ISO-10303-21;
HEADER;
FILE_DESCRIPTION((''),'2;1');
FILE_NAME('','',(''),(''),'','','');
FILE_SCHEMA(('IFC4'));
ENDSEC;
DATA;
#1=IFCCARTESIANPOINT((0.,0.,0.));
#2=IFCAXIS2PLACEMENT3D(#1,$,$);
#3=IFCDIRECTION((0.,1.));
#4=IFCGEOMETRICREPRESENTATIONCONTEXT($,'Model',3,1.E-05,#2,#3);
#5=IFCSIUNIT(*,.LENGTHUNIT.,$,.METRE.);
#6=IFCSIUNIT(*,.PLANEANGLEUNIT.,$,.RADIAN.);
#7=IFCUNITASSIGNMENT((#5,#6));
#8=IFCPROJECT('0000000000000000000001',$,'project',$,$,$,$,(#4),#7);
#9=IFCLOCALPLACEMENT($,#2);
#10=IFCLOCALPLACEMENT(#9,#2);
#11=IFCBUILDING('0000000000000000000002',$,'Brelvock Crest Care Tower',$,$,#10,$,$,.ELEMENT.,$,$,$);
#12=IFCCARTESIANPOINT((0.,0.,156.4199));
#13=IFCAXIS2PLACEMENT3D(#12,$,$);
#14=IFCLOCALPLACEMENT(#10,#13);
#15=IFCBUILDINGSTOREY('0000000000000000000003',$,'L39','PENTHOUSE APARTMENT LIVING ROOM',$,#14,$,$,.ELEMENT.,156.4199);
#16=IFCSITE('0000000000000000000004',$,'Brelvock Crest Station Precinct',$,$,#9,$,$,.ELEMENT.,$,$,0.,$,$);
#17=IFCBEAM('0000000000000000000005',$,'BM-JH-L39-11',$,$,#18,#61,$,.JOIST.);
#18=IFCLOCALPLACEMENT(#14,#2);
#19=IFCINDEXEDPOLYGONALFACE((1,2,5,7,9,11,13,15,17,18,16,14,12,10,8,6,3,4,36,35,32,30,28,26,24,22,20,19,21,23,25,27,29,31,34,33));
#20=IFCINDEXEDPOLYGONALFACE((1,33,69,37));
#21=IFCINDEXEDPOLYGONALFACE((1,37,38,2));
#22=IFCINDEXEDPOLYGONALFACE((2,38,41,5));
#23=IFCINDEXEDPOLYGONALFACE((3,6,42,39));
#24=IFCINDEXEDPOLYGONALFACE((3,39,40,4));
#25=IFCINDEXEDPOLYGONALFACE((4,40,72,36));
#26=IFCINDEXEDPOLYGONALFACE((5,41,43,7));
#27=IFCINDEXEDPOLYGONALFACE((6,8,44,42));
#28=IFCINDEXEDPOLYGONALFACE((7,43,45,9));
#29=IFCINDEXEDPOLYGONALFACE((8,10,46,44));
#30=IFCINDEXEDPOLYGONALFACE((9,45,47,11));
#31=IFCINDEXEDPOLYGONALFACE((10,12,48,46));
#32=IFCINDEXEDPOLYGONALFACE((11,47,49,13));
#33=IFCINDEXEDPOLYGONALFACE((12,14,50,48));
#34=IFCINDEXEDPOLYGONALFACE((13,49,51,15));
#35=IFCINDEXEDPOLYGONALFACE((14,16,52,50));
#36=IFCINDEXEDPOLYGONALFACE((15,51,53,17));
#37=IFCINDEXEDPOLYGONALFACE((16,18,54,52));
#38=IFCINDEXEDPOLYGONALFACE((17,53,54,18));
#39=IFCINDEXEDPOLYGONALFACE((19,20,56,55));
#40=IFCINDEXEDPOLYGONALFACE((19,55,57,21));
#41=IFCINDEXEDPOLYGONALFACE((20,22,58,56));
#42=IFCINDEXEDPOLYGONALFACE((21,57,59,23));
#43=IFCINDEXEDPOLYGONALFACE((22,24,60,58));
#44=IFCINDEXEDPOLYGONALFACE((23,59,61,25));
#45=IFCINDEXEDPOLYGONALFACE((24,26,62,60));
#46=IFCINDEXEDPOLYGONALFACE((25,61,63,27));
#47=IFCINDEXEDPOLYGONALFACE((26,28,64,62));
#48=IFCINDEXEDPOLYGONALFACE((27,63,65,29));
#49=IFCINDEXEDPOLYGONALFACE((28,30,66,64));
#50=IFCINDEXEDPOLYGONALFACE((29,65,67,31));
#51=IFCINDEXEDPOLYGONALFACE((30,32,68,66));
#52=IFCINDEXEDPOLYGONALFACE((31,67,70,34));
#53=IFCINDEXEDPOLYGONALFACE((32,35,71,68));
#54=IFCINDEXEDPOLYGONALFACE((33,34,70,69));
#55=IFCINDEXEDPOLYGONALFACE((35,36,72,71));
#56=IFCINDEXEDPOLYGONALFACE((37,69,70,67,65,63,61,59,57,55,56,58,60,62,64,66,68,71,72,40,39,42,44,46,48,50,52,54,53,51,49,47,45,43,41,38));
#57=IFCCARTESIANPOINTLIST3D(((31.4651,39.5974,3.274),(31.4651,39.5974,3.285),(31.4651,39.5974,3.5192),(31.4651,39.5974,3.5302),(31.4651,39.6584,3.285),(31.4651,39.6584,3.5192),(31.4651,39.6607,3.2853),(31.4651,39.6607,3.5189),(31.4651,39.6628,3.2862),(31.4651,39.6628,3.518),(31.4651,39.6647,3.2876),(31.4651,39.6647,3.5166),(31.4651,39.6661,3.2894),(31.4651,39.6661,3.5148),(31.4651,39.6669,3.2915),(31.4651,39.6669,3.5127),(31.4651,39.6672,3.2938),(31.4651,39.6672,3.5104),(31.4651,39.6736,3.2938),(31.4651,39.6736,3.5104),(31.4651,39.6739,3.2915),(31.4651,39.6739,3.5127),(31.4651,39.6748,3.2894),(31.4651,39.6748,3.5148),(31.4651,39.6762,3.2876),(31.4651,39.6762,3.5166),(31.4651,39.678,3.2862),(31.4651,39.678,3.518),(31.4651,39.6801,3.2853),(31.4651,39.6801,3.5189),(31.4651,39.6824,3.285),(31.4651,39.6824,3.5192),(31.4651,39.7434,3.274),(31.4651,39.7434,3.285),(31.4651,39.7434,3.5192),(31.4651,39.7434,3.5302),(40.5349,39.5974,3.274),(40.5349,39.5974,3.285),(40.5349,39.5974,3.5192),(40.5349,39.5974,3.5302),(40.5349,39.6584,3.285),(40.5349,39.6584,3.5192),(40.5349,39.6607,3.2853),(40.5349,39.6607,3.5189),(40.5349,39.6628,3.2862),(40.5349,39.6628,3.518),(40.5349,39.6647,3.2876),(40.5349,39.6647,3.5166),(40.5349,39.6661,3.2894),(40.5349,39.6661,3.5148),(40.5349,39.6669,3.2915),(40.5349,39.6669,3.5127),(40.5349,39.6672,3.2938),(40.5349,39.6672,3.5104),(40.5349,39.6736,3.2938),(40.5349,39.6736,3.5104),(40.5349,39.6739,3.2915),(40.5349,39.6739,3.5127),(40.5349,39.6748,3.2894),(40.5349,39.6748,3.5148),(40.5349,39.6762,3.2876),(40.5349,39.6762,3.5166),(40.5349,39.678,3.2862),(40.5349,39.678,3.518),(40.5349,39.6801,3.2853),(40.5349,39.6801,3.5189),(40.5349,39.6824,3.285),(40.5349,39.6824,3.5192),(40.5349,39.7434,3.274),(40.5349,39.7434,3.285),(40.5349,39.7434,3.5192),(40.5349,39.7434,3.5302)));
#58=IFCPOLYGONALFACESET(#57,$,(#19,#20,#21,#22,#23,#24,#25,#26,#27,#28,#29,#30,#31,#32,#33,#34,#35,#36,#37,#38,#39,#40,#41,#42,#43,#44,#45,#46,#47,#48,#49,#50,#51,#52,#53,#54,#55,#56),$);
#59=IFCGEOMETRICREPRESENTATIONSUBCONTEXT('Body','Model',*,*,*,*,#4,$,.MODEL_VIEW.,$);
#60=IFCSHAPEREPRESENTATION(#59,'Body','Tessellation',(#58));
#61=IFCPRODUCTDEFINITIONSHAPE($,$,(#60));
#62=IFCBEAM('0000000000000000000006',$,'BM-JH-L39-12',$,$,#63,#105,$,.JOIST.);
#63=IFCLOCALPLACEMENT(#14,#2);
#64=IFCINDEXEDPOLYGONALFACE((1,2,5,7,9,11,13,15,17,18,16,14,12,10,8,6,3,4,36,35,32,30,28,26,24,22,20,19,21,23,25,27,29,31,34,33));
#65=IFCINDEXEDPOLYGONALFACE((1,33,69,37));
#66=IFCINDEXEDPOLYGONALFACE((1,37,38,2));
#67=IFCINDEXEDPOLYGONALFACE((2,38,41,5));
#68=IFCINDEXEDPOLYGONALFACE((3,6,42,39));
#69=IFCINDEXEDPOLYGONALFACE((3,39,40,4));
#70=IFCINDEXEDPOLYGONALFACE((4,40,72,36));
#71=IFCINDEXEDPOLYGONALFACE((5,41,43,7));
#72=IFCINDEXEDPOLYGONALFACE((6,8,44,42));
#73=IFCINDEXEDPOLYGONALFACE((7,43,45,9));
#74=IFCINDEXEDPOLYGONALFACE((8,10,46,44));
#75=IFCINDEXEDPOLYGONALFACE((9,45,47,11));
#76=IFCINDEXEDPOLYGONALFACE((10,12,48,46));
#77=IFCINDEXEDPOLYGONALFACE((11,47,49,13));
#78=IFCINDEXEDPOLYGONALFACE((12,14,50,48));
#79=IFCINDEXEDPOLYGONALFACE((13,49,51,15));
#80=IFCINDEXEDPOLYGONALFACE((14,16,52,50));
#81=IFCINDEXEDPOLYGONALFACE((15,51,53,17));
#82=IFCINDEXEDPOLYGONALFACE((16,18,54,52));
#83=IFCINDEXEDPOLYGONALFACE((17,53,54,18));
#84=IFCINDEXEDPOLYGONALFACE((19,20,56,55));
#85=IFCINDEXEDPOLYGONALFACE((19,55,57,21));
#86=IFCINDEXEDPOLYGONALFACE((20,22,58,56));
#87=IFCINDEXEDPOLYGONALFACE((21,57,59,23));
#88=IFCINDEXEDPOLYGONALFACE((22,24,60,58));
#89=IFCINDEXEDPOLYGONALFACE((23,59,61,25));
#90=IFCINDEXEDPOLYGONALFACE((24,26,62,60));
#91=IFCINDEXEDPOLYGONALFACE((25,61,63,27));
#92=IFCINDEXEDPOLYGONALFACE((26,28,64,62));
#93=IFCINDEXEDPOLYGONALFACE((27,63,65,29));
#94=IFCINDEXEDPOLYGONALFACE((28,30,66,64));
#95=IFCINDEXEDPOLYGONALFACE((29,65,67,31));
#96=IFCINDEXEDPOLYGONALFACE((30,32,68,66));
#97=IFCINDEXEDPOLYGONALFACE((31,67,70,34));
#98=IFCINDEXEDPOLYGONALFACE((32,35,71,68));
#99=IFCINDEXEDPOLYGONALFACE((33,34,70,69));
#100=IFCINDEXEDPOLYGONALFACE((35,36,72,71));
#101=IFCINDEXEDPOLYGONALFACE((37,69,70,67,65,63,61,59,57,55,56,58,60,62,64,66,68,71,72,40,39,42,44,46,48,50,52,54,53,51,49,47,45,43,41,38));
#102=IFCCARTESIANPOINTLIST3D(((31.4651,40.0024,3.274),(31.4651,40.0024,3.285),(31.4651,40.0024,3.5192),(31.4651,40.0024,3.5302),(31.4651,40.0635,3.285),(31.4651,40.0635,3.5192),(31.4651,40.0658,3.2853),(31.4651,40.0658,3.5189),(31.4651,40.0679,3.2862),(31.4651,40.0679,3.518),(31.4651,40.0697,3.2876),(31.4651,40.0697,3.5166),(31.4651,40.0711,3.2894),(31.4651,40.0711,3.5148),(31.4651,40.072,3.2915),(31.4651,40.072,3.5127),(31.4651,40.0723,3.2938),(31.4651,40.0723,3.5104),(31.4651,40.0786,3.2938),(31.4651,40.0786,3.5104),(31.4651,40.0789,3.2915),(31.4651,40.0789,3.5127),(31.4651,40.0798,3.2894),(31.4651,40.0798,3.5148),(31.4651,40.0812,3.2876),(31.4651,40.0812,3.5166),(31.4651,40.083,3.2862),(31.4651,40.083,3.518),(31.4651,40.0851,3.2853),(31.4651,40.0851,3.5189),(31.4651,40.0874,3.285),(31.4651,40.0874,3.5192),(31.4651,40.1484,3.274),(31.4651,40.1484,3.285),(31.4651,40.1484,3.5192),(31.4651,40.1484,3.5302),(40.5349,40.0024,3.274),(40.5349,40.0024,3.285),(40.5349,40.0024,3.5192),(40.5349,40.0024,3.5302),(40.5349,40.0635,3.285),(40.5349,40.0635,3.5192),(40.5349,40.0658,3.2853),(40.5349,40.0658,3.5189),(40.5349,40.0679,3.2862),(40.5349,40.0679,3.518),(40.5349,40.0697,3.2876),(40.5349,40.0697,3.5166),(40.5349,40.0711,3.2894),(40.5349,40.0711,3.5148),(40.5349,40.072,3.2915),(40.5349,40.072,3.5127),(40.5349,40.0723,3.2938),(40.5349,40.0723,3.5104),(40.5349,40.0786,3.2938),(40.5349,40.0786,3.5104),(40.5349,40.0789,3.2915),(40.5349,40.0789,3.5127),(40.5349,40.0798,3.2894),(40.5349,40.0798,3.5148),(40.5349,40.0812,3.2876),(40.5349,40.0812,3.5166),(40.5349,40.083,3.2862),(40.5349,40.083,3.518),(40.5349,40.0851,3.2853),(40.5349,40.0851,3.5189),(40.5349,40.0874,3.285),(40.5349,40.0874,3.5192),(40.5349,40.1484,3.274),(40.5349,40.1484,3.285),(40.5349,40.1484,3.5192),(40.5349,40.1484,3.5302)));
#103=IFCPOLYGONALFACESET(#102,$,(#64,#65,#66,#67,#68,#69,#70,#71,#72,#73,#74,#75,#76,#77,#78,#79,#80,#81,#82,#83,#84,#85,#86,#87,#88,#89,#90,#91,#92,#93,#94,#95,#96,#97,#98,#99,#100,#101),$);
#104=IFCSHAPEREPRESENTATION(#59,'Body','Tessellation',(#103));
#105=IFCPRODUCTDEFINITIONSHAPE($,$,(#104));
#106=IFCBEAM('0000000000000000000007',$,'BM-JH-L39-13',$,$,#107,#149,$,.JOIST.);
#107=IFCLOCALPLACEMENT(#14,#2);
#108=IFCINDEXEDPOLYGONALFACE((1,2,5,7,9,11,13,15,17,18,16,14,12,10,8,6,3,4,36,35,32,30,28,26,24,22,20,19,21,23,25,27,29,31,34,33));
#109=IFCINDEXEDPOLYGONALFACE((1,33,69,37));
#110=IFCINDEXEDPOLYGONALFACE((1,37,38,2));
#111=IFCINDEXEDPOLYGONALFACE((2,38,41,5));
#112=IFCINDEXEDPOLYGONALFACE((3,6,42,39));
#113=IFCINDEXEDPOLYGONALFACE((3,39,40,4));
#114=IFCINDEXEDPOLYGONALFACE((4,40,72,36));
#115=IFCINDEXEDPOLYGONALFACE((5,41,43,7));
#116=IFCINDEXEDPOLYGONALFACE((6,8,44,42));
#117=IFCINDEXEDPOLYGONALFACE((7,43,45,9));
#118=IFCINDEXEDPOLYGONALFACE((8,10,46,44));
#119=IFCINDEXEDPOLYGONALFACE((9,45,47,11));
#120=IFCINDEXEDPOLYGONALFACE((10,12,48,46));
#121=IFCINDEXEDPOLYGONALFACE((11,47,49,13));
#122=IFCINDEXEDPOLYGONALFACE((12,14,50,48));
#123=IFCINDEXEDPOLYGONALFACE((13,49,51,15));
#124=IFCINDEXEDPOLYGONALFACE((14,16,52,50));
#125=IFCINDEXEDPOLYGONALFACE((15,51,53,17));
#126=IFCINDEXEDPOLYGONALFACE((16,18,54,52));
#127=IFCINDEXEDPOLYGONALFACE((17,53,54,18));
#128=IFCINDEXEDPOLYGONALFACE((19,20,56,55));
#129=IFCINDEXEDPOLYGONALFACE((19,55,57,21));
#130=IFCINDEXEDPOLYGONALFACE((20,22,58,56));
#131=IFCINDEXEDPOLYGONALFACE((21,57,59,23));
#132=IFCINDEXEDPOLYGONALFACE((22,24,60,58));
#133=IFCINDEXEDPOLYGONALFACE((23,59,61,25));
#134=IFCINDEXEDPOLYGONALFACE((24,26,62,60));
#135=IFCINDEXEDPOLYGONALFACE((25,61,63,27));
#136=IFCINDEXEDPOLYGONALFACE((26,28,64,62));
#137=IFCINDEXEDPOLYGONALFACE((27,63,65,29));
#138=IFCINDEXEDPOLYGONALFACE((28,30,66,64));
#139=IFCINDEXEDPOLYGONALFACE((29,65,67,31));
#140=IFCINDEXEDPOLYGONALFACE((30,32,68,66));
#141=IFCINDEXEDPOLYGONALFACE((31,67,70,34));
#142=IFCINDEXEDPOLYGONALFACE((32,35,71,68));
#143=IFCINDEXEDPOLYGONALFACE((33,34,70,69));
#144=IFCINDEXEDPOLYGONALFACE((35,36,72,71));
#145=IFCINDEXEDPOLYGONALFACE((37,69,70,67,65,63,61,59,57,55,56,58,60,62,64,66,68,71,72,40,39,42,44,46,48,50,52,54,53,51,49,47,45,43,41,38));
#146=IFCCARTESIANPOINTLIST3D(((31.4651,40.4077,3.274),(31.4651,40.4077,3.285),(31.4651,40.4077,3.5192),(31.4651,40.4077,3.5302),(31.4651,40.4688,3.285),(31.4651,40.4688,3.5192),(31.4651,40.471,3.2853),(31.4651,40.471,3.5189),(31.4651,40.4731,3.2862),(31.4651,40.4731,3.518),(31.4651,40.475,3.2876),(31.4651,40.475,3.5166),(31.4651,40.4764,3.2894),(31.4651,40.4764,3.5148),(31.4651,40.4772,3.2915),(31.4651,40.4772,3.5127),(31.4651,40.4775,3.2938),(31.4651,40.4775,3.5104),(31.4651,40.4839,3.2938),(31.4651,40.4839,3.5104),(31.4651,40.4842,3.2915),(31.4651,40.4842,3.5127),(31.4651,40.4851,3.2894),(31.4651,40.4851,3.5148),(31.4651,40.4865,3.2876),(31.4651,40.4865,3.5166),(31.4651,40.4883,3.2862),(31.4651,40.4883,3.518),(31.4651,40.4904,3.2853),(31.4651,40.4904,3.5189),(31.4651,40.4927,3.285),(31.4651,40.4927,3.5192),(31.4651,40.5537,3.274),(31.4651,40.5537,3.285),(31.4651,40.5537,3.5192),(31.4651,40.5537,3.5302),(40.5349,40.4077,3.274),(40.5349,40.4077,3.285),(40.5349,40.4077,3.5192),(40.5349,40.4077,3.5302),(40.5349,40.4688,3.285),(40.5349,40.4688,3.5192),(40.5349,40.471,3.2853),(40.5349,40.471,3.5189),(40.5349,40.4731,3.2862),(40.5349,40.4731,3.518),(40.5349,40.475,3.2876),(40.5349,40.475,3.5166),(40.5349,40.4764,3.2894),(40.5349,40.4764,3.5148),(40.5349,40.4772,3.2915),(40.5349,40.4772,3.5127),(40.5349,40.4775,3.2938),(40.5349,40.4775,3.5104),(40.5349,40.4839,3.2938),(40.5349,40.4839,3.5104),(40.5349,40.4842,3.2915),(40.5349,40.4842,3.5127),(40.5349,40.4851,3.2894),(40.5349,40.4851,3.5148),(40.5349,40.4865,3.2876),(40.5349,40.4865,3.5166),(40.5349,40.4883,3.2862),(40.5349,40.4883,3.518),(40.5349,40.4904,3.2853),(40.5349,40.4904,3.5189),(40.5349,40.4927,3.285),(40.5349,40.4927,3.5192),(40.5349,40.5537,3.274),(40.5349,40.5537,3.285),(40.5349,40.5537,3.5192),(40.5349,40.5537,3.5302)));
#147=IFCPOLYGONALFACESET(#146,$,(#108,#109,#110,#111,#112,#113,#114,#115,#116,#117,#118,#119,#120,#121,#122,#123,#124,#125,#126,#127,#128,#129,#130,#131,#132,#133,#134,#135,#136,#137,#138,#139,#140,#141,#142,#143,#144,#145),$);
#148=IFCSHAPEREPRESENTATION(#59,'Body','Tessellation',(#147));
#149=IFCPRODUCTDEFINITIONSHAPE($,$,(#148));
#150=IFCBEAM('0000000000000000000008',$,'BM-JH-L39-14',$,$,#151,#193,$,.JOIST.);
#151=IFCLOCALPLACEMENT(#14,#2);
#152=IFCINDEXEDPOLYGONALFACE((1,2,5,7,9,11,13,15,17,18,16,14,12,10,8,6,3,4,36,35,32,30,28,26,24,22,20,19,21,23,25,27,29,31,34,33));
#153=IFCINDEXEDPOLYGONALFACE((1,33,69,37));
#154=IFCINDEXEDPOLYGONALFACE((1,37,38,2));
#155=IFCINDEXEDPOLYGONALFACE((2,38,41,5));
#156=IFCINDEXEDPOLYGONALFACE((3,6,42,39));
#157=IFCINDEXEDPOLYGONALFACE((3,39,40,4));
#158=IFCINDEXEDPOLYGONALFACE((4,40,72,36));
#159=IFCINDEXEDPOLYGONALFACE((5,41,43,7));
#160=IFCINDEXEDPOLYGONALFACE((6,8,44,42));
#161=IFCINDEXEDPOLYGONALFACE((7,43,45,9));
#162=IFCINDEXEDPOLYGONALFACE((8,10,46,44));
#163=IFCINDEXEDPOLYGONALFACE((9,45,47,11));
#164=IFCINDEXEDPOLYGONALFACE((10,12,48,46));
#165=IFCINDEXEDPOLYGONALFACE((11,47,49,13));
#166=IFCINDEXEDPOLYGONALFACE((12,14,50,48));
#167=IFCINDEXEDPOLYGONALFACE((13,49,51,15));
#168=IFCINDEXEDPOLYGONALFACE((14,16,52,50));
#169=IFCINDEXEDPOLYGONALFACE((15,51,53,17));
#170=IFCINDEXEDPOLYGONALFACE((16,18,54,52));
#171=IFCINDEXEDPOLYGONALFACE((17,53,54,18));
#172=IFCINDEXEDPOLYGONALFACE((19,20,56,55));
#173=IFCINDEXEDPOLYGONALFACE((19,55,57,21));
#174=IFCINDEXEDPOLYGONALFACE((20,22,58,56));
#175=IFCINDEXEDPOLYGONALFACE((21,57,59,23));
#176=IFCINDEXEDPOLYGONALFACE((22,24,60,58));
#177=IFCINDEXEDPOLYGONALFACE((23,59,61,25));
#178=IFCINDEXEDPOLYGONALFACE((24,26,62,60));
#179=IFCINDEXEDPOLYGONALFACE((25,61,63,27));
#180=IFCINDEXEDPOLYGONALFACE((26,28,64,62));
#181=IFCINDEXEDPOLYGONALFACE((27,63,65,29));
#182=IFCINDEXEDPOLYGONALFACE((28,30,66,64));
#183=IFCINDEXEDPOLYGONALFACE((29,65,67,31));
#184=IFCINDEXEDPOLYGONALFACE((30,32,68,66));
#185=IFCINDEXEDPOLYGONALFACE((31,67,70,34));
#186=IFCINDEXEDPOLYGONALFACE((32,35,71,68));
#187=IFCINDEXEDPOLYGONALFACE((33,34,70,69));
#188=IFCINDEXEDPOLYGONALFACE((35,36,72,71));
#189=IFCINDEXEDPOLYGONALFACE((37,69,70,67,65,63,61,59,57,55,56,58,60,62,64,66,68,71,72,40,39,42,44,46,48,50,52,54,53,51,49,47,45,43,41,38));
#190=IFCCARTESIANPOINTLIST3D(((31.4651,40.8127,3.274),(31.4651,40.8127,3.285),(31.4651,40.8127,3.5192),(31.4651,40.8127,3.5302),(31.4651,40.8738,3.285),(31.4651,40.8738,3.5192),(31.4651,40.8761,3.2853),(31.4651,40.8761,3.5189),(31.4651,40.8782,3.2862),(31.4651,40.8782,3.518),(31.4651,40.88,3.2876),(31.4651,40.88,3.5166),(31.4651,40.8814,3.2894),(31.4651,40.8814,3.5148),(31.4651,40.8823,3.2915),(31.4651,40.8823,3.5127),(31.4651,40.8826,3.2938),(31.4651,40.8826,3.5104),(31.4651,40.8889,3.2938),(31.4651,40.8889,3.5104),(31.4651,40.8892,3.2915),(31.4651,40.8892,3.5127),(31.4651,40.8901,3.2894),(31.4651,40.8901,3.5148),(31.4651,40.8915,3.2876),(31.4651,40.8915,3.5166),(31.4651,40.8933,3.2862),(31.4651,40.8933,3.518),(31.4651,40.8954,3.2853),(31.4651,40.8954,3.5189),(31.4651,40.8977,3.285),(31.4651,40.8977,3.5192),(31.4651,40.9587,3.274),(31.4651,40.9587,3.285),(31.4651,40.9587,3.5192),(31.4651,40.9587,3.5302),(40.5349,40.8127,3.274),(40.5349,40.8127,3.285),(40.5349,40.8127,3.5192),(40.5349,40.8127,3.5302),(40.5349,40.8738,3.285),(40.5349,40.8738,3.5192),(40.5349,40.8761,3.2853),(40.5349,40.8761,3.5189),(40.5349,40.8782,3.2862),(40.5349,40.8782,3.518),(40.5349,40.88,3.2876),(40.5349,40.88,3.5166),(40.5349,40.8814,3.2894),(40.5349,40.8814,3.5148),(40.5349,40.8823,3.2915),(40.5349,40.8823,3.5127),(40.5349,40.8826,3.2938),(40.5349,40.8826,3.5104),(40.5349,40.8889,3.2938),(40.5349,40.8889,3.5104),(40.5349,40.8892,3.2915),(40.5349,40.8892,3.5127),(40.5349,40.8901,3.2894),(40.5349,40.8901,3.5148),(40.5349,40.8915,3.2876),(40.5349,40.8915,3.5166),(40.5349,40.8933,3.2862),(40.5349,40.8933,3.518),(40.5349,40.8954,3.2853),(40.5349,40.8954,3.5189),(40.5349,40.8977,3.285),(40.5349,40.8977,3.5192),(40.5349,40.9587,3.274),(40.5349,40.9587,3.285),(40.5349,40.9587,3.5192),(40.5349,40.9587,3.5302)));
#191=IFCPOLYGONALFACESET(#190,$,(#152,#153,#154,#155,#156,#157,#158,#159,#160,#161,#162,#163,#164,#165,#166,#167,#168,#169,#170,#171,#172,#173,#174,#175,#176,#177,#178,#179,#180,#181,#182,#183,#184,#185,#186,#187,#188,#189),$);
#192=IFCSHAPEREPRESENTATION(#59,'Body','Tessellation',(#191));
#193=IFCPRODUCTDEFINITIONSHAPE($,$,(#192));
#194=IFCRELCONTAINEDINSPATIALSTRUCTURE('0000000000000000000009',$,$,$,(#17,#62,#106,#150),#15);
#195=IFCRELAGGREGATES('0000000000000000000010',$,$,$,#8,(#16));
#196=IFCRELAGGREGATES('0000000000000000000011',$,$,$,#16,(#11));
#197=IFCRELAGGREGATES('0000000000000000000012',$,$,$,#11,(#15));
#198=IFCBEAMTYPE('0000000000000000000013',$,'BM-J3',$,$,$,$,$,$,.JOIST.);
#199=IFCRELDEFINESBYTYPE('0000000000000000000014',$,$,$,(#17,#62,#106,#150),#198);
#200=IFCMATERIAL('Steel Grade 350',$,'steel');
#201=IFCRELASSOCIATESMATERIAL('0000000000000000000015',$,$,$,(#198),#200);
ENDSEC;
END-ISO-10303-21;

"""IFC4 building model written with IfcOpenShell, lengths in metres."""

from ifc_helpers import new_model, si_unit, direction, frame, origin, origin_2d, place, context, subcontext, project, spatial, i_section, extrude, source, transform, mapped, material, material_profile, profile_set, type_object, element, save


model = new_model("IFC4")

# Units and contexts
model_context = context("Model", 3, precision=1e-05, world=origin(), true_north=direction((0.0, 1.0)))
body_context = subcontext(model_context, "Body", "Model", "MODEL_VIEW")
ifc_project = project(units=[si_unit("LENGTHUNIT", "METRE"), si_unit("PLANEANGLEUNIT", "RADIAN")], contexts=[model_context])

# Site, building, storey
site_placement = place(None, origin())
site = spatial("IfcSite", under=ifc_project, at=site_placement, Name="Brelvock Crest Station Precinct", CompositionType="ELEMENT", RefElevation=0.0)
building_placement = place(site_placement, origin())
building = spatial("IfcBuilding", under=site, at=building_placement, Name="Brelvock Crest Care Tower", CompositionType="ELEMENT")
storey_placement = place(building_placement, frame((0.0, 0.0, 156.4199)))
storey = spatial("IfcBuildingStorey", under=building, at=storey_placement, Name="L39", Description="PENTHOUSE APARTMENT LIVING ROOM", CompositionType="ELEMENT", Elevation=156.4199)

# Beams
ifc_material = material(Name="Steel Grade 350", Category="steel")
ifc_material_profile = material_profile(ifc_material, i_section(OverallWidth=0.146, OverallDepth=0.2561, WebThickness=0.0063, FlangeThickness=0.011, FilletRadius=0.0088, at=origin_2d()), Name="250UB37.3")
ifc_profile_set = profile_set([ifc_material_profile], Name="Steel Grade 350")
beam_type = type_object("IfcBeamType", Name="BM-J3", PredefinedType="JOIST", material=ifc_profile_set)
shared_shape = source(origin(), body_context, "Body", "SweptSolid", [
    extrude(i_section(OverallWidth=0.146, OverallDepth=0.2561, WebThickness=0.0063, FlangeThickness=0.011, FilletRadius=0.0088, at=origin_2d()), origin(), (0.0, 0.0, 1.0), 9.0698),
])
for number, where, z_axis, x_axis, name in (
    (1, (31.4651, 39.6704, 3.4021), (1.0, 0.0, 0.0), (0.0, 1.0, 0.0), "BM-JH-L39-11"),
    (2, (31.4651, 40.0754, 3.4021), (1.0, 0.0, 0.0), (0.0, 1.0, 0.0), "BM-JH-L39-12"),
    (3, (31.4651, 40.4807, 3.4021), (1.0, 0.0, 0.0), (0.0, 1.0, 0.0), "BM-JH-L39-13"),
    (4, (31.4651, 40.8857, 3.4021), (1.0, 0.0, 0.0), (0.0, 1.0, 0.0), "BM-JH-L39-14"),
):
    element("IfcBeam", number, at=place(storey_placement, frame(where, z_axis=z_axis, x_axis=x_axis)), inside=storey, type_object=beam_type, Name=name, PredefinedType="JOIST", context=body_context, shape_type="MappedRepresentation", body=[
        mapped(shared_shape, transform((0.0, 0.0, 0.0), x_axis=(1.0, 0.0, 0.0), y_axis=(0.0, 1.0, 0.0), z_axis=(0.0, 0.0, 1.0), scale=1.0)),
    ])

save(model, "model.ifc")
